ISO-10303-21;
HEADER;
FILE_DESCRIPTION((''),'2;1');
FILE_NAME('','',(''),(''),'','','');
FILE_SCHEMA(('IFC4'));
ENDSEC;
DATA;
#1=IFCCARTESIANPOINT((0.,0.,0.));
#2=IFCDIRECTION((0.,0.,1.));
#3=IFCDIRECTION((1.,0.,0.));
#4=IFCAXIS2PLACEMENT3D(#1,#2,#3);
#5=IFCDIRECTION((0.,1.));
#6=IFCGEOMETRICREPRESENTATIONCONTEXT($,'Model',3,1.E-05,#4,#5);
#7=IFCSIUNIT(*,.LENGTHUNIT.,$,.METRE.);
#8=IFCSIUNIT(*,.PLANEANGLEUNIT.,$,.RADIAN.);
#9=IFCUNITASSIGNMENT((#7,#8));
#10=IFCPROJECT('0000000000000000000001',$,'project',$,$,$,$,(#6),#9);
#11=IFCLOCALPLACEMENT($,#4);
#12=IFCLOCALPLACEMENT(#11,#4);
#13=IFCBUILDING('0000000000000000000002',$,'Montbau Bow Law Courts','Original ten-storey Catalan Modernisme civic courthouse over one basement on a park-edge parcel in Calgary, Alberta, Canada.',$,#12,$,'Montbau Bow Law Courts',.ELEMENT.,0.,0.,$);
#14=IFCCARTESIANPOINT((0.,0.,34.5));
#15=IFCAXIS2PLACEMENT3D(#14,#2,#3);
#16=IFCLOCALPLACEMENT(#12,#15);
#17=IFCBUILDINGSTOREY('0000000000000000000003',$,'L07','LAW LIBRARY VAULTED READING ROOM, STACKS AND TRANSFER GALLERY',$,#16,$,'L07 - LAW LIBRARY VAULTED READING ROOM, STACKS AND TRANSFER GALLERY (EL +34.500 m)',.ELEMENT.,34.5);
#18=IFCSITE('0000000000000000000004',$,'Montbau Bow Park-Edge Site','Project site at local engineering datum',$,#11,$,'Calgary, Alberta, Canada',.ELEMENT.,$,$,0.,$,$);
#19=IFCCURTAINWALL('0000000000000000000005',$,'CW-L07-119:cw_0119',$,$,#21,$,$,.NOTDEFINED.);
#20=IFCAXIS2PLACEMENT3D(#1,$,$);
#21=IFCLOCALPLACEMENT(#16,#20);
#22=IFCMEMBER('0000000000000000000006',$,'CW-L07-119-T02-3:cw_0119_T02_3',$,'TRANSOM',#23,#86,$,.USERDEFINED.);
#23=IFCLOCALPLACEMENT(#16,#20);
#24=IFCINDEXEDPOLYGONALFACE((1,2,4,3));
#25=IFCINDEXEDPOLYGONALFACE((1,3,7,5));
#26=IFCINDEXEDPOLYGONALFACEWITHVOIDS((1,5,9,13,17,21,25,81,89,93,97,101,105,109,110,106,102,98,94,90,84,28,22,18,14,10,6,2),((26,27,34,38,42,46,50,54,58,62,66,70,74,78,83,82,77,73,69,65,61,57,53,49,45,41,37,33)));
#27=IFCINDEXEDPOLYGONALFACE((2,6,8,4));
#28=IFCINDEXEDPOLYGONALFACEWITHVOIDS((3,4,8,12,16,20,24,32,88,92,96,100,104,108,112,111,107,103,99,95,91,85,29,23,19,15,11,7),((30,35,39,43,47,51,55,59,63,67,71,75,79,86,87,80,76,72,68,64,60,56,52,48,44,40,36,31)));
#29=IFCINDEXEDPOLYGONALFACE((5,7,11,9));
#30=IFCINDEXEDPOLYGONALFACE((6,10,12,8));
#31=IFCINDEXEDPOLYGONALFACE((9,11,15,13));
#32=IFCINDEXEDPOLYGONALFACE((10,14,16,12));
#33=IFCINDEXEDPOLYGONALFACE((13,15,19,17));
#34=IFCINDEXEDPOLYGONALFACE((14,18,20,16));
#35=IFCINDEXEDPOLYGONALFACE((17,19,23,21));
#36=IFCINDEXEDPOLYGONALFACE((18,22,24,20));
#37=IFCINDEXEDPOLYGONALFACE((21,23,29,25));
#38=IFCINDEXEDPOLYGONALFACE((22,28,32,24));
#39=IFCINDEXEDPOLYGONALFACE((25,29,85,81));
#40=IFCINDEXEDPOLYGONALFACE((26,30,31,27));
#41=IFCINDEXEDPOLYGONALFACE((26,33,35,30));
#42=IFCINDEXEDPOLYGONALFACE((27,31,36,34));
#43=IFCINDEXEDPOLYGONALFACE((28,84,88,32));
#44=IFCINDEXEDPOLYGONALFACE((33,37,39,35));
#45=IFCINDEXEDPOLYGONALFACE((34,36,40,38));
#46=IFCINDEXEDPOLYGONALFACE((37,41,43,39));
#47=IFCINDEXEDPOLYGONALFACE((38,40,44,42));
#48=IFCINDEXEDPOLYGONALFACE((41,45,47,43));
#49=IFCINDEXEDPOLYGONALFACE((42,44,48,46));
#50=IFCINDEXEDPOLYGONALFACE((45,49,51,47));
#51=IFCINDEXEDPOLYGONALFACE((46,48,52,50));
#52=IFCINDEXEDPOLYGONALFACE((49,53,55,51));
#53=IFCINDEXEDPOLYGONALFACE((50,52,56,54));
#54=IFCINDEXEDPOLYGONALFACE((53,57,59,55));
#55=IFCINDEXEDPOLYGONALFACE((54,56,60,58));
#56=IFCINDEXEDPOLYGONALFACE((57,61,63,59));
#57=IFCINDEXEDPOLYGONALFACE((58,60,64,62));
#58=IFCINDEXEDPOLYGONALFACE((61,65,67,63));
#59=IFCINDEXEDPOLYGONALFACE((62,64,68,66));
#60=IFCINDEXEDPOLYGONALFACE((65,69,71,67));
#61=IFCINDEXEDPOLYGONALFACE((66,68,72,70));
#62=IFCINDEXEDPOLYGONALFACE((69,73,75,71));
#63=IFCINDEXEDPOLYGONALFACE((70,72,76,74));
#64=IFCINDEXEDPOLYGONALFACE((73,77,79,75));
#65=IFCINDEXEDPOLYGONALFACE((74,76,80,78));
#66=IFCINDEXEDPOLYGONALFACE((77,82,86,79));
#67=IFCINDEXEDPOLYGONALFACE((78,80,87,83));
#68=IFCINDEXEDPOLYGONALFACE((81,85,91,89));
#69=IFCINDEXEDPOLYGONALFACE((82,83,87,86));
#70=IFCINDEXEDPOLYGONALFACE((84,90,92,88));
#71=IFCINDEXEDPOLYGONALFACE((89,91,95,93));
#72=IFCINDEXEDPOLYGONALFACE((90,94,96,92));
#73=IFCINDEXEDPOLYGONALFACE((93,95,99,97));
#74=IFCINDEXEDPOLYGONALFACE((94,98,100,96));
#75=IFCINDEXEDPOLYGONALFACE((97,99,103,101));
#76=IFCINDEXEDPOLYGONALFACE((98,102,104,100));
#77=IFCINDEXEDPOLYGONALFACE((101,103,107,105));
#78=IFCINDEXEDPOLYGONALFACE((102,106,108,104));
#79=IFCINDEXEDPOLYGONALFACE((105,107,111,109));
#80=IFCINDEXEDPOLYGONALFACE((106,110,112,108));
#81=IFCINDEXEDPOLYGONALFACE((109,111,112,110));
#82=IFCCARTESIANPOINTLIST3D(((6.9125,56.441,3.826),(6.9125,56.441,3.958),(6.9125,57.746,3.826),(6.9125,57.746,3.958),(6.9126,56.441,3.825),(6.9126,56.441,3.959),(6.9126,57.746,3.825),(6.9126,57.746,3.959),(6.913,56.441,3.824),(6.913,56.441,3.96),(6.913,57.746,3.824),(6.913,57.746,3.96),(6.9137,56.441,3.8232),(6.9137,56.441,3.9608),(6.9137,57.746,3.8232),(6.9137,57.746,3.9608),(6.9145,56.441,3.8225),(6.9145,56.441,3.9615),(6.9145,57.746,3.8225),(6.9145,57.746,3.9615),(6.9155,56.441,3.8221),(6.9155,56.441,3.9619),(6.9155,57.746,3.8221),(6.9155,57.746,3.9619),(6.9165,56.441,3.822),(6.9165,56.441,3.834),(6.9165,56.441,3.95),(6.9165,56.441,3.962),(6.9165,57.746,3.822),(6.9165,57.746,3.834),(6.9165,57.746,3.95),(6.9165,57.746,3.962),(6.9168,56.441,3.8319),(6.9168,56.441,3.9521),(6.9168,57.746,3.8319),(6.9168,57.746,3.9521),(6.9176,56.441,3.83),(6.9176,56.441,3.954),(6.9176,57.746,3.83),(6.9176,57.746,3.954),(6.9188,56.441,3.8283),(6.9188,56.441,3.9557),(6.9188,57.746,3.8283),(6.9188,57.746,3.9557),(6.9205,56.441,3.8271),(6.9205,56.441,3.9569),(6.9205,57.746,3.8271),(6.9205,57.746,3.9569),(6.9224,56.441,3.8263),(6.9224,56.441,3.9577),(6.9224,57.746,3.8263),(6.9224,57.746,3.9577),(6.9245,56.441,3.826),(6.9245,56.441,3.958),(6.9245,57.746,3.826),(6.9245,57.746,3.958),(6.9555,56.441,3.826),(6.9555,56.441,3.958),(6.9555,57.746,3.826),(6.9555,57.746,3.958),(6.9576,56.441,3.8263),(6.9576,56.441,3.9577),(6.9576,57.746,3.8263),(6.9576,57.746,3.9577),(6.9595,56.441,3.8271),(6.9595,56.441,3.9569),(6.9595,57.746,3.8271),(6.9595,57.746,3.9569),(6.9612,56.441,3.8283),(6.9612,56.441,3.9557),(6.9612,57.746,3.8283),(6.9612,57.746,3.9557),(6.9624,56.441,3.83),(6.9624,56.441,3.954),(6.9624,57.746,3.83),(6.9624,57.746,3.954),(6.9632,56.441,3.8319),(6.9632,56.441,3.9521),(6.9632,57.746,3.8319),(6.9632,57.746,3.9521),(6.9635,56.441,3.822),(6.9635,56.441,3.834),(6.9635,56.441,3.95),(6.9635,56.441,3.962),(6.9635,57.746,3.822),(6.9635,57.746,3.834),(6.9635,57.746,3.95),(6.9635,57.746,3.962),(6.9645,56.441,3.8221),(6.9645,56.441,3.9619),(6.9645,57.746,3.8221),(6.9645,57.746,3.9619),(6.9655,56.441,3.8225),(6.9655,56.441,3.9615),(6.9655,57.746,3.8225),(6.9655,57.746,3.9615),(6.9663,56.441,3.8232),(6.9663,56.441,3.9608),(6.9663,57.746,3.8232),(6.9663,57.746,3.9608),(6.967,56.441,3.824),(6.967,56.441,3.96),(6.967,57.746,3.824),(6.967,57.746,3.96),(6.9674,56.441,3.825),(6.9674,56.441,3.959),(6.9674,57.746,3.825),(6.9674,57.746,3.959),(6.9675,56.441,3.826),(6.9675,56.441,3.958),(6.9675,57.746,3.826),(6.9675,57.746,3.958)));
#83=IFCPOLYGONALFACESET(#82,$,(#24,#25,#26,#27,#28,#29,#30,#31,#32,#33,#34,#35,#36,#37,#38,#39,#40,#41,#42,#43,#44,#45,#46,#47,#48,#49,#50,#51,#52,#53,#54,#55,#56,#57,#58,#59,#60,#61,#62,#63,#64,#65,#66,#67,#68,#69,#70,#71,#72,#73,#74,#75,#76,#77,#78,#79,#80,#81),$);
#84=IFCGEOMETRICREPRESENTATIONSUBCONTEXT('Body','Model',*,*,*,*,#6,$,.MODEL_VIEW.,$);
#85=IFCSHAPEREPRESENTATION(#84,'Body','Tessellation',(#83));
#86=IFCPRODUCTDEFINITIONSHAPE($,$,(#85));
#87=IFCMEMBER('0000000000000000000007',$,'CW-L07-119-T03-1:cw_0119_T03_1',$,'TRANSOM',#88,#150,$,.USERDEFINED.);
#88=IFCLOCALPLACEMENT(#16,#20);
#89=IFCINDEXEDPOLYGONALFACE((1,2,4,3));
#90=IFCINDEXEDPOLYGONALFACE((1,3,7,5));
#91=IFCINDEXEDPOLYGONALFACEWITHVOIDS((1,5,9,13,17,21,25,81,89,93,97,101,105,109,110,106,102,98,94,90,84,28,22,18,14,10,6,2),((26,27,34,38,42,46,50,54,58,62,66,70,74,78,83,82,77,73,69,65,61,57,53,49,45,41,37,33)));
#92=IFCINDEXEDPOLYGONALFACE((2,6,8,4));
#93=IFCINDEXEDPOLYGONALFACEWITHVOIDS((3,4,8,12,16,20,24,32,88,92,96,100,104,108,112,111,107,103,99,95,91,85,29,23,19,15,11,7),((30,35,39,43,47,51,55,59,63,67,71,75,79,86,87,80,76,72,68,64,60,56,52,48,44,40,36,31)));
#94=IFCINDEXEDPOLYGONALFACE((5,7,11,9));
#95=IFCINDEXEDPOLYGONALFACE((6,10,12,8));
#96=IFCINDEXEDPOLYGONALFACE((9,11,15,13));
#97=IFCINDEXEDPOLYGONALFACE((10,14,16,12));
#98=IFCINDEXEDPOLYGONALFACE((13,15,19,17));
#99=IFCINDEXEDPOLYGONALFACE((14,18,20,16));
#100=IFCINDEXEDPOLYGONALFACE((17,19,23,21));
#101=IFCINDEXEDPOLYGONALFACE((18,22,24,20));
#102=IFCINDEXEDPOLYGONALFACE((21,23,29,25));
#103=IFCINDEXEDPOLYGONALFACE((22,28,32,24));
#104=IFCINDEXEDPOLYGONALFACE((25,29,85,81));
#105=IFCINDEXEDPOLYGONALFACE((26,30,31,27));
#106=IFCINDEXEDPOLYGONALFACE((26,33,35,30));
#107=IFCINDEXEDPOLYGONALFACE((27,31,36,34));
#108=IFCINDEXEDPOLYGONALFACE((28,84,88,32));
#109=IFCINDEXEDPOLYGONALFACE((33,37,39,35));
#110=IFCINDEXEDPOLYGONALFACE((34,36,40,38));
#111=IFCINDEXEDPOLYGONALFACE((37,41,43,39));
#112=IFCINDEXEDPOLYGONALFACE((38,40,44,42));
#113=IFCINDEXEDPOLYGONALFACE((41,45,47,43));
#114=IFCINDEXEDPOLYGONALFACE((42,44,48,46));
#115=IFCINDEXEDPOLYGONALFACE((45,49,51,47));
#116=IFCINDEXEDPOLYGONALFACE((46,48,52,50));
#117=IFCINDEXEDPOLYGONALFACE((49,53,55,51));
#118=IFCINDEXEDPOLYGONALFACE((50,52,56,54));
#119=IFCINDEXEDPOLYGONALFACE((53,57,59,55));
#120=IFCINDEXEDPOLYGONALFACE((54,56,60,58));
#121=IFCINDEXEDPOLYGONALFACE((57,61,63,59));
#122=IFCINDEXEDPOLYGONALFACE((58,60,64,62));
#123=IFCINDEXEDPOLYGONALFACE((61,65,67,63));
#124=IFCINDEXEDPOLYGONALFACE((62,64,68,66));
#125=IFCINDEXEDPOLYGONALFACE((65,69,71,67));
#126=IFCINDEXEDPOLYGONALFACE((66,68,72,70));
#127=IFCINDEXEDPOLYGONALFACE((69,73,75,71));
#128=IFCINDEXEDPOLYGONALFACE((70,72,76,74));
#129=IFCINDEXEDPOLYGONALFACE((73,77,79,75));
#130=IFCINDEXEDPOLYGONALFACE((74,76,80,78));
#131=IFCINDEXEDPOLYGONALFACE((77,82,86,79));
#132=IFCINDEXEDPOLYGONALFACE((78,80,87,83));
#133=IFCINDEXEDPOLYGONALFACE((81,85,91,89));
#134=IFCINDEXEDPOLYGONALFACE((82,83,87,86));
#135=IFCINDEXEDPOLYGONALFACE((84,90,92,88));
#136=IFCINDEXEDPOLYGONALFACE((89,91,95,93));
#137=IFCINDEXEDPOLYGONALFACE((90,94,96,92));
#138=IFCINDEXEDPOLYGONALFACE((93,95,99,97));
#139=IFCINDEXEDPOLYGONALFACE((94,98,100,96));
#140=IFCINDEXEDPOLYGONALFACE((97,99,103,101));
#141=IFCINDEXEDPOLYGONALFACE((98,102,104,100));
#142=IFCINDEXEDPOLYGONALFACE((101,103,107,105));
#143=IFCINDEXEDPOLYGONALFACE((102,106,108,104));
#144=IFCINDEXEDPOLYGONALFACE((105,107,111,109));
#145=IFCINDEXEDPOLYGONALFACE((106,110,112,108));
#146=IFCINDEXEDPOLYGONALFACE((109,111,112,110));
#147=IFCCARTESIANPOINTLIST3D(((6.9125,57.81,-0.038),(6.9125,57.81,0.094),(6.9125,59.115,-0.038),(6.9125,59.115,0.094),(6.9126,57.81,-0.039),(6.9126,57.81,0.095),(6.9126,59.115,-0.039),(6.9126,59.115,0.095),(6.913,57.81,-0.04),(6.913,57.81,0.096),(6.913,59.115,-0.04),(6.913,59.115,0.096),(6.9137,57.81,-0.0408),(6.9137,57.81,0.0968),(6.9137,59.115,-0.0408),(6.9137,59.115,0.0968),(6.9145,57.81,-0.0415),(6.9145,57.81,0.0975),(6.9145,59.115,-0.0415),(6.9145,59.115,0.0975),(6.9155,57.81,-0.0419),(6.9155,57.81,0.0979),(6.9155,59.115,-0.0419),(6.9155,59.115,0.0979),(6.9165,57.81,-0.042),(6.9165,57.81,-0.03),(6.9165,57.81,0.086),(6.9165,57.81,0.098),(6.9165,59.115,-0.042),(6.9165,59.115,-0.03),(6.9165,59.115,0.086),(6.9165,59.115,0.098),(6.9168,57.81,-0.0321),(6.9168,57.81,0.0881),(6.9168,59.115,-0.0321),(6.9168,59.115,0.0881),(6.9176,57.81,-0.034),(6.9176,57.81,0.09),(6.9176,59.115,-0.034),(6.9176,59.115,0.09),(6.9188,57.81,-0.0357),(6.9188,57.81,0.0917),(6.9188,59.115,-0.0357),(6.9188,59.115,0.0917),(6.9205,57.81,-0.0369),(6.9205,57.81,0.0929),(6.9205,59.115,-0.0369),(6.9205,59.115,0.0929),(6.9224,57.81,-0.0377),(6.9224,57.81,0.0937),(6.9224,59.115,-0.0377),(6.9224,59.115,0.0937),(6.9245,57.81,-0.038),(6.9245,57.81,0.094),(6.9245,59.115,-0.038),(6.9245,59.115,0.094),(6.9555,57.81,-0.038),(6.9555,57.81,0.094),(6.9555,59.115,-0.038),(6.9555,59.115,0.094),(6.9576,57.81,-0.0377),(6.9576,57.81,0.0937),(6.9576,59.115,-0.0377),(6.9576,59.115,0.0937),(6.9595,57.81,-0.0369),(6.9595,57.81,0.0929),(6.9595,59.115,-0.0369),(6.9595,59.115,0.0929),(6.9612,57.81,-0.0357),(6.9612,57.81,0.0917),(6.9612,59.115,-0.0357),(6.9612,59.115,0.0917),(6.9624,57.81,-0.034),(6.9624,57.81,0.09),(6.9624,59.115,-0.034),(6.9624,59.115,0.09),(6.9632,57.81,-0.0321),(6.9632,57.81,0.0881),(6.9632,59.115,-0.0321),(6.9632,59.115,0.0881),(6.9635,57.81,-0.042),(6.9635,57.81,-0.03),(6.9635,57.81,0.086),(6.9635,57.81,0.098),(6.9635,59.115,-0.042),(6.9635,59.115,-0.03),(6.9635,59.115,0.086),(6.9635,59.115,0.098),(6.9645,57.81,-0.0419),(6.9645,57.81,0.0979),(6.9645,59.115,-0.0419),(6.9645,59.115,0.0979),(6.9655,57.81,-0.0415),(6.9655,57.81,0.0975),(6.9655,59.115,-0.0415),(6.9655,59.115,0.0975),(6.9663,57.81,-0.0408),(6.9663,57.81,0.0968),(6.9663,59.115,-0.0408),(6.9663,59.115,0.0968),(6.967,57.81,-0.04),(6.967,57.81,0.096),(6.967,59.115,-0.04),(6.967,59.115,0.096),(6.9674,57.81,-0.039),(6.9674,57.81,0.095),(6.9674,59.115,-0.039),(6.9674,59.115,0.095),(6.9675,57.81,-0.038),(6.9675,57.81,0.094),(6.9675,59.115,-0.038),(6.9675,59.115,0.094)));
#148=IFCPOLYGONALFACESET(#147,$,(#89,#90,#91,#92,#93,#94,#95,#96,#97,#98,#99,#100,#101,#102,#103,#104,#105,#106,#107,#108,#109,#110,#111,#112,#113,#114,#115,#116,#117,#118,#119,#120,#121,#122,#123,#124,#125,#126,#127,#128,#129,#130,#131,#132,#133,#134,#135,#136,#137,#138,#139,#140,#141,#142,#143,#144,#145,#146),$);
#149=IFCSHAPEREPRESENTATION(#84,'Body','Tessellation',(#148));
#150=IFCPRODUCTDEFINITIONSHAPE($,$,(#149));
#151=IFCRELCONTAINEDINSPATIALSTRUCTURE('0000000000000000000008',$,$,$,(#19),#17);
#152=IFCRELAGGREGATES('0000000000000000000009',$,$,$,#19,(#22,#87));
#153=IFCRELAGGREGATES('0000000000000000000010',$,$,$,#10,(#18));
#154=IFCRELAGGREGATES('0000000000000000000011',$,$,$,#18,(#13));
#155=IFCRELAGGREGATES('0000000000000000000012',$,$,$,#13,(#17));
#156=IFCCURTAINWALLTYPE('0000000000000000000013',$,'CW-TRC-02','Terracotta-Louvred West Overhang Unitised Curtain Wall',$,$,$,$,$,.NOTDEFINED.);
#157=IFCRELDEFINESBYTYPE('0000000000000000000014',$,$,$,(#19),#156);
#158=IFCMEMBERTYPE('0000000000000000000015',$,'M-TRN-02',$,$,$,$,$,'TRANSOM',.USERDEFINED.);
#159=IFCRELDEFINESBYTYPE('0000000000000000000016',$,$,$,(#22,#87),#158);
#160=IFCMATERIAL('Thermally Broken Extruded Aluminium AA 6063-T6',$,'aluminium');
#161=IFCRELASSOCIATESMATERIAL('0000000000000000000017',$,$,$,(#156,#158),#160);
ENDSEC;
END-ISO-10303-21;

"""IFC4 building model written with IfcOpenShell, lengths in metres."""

from ifc_helpers import new_model, si_unit, direction, frame, origin_with_axes, origin_2d_with_axis, place, context, subcontext, project, spatial, hollow_rectangle, extrude, material, material_profile, profile_set, type_object, element, aggregate, save


model = new_model("IFC4")

# Units and contexts
model_context = context("Model", 3, precision=1e-05, world=origin_with_axes(), true_north=direction((0.0, 1.0)))
body_context = subcontext(model_context, "Body", "Model", "MODEL_VIEW")
ifc_project = project(units=[si_unit("LENGTHUNIT", "METRE"), si_unit("PLANEANGLEUNIT", "RADIAN")], contexts=[model_context])

# Site, building, storey
site_placement = place(None, origin_with_axes())
site = spatial("IfcSite", under=ifc_project, at=site_placement, Name="Montbau Bow Park-Edge Site", Description="Project site at local engineering datum", LongName="Calgary, Alberta, Canada", CompositionType="ELEMENT", RefElevation=0.0)
building_placement = place(site_placement, origin_with_axes())
building = spatial("IfcBuilding", under=site, at=building_placement, Name="Montbau Bow Law Courts", Description="Original ten-storey Catalan Modernisme civic courthouse over one basement on a park-edge parcel in Calgary, Alberta, Canada.", LongName="Montbau Bow Law Courts", CompositionType="ELEMENT", ElevationOfRefHeight=0.0, ElevationOfTerrain=0.0)
storey_placement = place(building_placement, frame((0.0, 0.0, 34.5), z_axis=(0.0, 0.0, 1.0), x_axis=(1.0, 0.0, 0.0)))
storey = spatial("IfcBuildingStorey", under=building, at=storey_placement, Name="L07", Description="LAW LIBRARY VAULTED READING ROOM, STACKS AND TRANSFER GALLERY", LongName="L07 - LAW LIBRARY VAULTED READING ROOM, STACKS AND TRANSFER GALLERY (EL +34.500 m)", CompositionType="ELEMENT", Elevation=34.5)

# Shared definitions
ifc_material_1 = material(Name="Thermally Broken Extruded Aluminium AA 6063-T6", Category="aluminium")
curtain_wall_type = type_object("IfcCurtainWallType", Name="CW-TRC-02", Description="Terracotta-Louvred West Overhang Unitised Curtain Wall", PredefinedType="NOTDEFINED", material=ifc_material_1)

# Curtain wall
curtain_wall_1_placement = place(None, frame((6.94, 55.04, 34.5), z_axis=(0.0, 0.0, 1.0), x_axis=(1.0, 0.0, 0.0)))
curtain_wall_1 = element("IfcCurtainWall", 1, at=curtain_wall_1_placement, inside=storey, type_object=curtain_wall_type, Name="CW-L07-119:cw_0119", PredefinedType="NOTDEFINED")

# Members
ifc_material_profile_1 = material_profile(ifc_material_1, hollow_rectangle(XDim=0.055, YDim=0.14, WallThickness=0.004, InnerFilletRadius=0.008, OuterFilletRadius=0.004, at=origin_2d_with_axis()), Name="CWT-140X55", Category="Main", Priority=0)
ifc_profile_set_1 = profile_set([ifc_material_profile_1], Name="Thermally Broken Extruded Aluminium AA 6063-T6")
member_type_1 = type_object("IfcMemberType", Name="M-TRN-02", ElementType="TRANSOM", PredefinedType="USERDEFINED", material=ifc_profile_set_1)
member_1_placement = place(None, frame((6.94, 56.441, 38.392), z_axis=(0.0, 1.0, 0.0), x_axis=(-1.0, 0.0, 0.0)))
member_1 = element("IfcMember", 2, at=member_1_placement, type_object=member_type_1, Name="CW-L07-119-T02-3:cw_0119_T02_3", ObjectType="TRANSOM", PredefinedType="USERDEFINED", context=body_context, shape_type="SweptSolid", body=[
    extrude(hollow_rectangle(XDim=0.055, YDim=0.14, WallThickness=0.004, InnerFilletRadius=0.008, OuterFilletRadius=0.004, at=origin_2d_with_axis()), origin_with_axes(), (0.0, 0.0, 1.0), 1.305),
])
member_2_placement = place(None, frame((6.94, 57.81, 34.528), z_axis=(0.0, 1.0, 0.0), x_axis=(-1.0, 0.0, 0.0)))
member_2 = element("IfcMember", 3, at=member_2_placement, type_object=member_type_1, Name="CW-L07-119-T03-1:cw_0119_T03_1", ObjectType="TRANSOM", PredefinedType="USERDEFINED", context=body_context, shape_type="SweptSolid", body=[
    extrude(hollow_rectangle(XDim=0.055, YDim=0.14, WallThickness=0.004, InnerFilletRadius=0.008, OuterFilletRadius=0.004, at=origin_2d_with_axis()), origin_with_axes(), (0.0, 0.0, 1.0), 1.305),
])

aggregate(curtain_wall_1, [member_1, member_2])

save(model, "model.ifc")
